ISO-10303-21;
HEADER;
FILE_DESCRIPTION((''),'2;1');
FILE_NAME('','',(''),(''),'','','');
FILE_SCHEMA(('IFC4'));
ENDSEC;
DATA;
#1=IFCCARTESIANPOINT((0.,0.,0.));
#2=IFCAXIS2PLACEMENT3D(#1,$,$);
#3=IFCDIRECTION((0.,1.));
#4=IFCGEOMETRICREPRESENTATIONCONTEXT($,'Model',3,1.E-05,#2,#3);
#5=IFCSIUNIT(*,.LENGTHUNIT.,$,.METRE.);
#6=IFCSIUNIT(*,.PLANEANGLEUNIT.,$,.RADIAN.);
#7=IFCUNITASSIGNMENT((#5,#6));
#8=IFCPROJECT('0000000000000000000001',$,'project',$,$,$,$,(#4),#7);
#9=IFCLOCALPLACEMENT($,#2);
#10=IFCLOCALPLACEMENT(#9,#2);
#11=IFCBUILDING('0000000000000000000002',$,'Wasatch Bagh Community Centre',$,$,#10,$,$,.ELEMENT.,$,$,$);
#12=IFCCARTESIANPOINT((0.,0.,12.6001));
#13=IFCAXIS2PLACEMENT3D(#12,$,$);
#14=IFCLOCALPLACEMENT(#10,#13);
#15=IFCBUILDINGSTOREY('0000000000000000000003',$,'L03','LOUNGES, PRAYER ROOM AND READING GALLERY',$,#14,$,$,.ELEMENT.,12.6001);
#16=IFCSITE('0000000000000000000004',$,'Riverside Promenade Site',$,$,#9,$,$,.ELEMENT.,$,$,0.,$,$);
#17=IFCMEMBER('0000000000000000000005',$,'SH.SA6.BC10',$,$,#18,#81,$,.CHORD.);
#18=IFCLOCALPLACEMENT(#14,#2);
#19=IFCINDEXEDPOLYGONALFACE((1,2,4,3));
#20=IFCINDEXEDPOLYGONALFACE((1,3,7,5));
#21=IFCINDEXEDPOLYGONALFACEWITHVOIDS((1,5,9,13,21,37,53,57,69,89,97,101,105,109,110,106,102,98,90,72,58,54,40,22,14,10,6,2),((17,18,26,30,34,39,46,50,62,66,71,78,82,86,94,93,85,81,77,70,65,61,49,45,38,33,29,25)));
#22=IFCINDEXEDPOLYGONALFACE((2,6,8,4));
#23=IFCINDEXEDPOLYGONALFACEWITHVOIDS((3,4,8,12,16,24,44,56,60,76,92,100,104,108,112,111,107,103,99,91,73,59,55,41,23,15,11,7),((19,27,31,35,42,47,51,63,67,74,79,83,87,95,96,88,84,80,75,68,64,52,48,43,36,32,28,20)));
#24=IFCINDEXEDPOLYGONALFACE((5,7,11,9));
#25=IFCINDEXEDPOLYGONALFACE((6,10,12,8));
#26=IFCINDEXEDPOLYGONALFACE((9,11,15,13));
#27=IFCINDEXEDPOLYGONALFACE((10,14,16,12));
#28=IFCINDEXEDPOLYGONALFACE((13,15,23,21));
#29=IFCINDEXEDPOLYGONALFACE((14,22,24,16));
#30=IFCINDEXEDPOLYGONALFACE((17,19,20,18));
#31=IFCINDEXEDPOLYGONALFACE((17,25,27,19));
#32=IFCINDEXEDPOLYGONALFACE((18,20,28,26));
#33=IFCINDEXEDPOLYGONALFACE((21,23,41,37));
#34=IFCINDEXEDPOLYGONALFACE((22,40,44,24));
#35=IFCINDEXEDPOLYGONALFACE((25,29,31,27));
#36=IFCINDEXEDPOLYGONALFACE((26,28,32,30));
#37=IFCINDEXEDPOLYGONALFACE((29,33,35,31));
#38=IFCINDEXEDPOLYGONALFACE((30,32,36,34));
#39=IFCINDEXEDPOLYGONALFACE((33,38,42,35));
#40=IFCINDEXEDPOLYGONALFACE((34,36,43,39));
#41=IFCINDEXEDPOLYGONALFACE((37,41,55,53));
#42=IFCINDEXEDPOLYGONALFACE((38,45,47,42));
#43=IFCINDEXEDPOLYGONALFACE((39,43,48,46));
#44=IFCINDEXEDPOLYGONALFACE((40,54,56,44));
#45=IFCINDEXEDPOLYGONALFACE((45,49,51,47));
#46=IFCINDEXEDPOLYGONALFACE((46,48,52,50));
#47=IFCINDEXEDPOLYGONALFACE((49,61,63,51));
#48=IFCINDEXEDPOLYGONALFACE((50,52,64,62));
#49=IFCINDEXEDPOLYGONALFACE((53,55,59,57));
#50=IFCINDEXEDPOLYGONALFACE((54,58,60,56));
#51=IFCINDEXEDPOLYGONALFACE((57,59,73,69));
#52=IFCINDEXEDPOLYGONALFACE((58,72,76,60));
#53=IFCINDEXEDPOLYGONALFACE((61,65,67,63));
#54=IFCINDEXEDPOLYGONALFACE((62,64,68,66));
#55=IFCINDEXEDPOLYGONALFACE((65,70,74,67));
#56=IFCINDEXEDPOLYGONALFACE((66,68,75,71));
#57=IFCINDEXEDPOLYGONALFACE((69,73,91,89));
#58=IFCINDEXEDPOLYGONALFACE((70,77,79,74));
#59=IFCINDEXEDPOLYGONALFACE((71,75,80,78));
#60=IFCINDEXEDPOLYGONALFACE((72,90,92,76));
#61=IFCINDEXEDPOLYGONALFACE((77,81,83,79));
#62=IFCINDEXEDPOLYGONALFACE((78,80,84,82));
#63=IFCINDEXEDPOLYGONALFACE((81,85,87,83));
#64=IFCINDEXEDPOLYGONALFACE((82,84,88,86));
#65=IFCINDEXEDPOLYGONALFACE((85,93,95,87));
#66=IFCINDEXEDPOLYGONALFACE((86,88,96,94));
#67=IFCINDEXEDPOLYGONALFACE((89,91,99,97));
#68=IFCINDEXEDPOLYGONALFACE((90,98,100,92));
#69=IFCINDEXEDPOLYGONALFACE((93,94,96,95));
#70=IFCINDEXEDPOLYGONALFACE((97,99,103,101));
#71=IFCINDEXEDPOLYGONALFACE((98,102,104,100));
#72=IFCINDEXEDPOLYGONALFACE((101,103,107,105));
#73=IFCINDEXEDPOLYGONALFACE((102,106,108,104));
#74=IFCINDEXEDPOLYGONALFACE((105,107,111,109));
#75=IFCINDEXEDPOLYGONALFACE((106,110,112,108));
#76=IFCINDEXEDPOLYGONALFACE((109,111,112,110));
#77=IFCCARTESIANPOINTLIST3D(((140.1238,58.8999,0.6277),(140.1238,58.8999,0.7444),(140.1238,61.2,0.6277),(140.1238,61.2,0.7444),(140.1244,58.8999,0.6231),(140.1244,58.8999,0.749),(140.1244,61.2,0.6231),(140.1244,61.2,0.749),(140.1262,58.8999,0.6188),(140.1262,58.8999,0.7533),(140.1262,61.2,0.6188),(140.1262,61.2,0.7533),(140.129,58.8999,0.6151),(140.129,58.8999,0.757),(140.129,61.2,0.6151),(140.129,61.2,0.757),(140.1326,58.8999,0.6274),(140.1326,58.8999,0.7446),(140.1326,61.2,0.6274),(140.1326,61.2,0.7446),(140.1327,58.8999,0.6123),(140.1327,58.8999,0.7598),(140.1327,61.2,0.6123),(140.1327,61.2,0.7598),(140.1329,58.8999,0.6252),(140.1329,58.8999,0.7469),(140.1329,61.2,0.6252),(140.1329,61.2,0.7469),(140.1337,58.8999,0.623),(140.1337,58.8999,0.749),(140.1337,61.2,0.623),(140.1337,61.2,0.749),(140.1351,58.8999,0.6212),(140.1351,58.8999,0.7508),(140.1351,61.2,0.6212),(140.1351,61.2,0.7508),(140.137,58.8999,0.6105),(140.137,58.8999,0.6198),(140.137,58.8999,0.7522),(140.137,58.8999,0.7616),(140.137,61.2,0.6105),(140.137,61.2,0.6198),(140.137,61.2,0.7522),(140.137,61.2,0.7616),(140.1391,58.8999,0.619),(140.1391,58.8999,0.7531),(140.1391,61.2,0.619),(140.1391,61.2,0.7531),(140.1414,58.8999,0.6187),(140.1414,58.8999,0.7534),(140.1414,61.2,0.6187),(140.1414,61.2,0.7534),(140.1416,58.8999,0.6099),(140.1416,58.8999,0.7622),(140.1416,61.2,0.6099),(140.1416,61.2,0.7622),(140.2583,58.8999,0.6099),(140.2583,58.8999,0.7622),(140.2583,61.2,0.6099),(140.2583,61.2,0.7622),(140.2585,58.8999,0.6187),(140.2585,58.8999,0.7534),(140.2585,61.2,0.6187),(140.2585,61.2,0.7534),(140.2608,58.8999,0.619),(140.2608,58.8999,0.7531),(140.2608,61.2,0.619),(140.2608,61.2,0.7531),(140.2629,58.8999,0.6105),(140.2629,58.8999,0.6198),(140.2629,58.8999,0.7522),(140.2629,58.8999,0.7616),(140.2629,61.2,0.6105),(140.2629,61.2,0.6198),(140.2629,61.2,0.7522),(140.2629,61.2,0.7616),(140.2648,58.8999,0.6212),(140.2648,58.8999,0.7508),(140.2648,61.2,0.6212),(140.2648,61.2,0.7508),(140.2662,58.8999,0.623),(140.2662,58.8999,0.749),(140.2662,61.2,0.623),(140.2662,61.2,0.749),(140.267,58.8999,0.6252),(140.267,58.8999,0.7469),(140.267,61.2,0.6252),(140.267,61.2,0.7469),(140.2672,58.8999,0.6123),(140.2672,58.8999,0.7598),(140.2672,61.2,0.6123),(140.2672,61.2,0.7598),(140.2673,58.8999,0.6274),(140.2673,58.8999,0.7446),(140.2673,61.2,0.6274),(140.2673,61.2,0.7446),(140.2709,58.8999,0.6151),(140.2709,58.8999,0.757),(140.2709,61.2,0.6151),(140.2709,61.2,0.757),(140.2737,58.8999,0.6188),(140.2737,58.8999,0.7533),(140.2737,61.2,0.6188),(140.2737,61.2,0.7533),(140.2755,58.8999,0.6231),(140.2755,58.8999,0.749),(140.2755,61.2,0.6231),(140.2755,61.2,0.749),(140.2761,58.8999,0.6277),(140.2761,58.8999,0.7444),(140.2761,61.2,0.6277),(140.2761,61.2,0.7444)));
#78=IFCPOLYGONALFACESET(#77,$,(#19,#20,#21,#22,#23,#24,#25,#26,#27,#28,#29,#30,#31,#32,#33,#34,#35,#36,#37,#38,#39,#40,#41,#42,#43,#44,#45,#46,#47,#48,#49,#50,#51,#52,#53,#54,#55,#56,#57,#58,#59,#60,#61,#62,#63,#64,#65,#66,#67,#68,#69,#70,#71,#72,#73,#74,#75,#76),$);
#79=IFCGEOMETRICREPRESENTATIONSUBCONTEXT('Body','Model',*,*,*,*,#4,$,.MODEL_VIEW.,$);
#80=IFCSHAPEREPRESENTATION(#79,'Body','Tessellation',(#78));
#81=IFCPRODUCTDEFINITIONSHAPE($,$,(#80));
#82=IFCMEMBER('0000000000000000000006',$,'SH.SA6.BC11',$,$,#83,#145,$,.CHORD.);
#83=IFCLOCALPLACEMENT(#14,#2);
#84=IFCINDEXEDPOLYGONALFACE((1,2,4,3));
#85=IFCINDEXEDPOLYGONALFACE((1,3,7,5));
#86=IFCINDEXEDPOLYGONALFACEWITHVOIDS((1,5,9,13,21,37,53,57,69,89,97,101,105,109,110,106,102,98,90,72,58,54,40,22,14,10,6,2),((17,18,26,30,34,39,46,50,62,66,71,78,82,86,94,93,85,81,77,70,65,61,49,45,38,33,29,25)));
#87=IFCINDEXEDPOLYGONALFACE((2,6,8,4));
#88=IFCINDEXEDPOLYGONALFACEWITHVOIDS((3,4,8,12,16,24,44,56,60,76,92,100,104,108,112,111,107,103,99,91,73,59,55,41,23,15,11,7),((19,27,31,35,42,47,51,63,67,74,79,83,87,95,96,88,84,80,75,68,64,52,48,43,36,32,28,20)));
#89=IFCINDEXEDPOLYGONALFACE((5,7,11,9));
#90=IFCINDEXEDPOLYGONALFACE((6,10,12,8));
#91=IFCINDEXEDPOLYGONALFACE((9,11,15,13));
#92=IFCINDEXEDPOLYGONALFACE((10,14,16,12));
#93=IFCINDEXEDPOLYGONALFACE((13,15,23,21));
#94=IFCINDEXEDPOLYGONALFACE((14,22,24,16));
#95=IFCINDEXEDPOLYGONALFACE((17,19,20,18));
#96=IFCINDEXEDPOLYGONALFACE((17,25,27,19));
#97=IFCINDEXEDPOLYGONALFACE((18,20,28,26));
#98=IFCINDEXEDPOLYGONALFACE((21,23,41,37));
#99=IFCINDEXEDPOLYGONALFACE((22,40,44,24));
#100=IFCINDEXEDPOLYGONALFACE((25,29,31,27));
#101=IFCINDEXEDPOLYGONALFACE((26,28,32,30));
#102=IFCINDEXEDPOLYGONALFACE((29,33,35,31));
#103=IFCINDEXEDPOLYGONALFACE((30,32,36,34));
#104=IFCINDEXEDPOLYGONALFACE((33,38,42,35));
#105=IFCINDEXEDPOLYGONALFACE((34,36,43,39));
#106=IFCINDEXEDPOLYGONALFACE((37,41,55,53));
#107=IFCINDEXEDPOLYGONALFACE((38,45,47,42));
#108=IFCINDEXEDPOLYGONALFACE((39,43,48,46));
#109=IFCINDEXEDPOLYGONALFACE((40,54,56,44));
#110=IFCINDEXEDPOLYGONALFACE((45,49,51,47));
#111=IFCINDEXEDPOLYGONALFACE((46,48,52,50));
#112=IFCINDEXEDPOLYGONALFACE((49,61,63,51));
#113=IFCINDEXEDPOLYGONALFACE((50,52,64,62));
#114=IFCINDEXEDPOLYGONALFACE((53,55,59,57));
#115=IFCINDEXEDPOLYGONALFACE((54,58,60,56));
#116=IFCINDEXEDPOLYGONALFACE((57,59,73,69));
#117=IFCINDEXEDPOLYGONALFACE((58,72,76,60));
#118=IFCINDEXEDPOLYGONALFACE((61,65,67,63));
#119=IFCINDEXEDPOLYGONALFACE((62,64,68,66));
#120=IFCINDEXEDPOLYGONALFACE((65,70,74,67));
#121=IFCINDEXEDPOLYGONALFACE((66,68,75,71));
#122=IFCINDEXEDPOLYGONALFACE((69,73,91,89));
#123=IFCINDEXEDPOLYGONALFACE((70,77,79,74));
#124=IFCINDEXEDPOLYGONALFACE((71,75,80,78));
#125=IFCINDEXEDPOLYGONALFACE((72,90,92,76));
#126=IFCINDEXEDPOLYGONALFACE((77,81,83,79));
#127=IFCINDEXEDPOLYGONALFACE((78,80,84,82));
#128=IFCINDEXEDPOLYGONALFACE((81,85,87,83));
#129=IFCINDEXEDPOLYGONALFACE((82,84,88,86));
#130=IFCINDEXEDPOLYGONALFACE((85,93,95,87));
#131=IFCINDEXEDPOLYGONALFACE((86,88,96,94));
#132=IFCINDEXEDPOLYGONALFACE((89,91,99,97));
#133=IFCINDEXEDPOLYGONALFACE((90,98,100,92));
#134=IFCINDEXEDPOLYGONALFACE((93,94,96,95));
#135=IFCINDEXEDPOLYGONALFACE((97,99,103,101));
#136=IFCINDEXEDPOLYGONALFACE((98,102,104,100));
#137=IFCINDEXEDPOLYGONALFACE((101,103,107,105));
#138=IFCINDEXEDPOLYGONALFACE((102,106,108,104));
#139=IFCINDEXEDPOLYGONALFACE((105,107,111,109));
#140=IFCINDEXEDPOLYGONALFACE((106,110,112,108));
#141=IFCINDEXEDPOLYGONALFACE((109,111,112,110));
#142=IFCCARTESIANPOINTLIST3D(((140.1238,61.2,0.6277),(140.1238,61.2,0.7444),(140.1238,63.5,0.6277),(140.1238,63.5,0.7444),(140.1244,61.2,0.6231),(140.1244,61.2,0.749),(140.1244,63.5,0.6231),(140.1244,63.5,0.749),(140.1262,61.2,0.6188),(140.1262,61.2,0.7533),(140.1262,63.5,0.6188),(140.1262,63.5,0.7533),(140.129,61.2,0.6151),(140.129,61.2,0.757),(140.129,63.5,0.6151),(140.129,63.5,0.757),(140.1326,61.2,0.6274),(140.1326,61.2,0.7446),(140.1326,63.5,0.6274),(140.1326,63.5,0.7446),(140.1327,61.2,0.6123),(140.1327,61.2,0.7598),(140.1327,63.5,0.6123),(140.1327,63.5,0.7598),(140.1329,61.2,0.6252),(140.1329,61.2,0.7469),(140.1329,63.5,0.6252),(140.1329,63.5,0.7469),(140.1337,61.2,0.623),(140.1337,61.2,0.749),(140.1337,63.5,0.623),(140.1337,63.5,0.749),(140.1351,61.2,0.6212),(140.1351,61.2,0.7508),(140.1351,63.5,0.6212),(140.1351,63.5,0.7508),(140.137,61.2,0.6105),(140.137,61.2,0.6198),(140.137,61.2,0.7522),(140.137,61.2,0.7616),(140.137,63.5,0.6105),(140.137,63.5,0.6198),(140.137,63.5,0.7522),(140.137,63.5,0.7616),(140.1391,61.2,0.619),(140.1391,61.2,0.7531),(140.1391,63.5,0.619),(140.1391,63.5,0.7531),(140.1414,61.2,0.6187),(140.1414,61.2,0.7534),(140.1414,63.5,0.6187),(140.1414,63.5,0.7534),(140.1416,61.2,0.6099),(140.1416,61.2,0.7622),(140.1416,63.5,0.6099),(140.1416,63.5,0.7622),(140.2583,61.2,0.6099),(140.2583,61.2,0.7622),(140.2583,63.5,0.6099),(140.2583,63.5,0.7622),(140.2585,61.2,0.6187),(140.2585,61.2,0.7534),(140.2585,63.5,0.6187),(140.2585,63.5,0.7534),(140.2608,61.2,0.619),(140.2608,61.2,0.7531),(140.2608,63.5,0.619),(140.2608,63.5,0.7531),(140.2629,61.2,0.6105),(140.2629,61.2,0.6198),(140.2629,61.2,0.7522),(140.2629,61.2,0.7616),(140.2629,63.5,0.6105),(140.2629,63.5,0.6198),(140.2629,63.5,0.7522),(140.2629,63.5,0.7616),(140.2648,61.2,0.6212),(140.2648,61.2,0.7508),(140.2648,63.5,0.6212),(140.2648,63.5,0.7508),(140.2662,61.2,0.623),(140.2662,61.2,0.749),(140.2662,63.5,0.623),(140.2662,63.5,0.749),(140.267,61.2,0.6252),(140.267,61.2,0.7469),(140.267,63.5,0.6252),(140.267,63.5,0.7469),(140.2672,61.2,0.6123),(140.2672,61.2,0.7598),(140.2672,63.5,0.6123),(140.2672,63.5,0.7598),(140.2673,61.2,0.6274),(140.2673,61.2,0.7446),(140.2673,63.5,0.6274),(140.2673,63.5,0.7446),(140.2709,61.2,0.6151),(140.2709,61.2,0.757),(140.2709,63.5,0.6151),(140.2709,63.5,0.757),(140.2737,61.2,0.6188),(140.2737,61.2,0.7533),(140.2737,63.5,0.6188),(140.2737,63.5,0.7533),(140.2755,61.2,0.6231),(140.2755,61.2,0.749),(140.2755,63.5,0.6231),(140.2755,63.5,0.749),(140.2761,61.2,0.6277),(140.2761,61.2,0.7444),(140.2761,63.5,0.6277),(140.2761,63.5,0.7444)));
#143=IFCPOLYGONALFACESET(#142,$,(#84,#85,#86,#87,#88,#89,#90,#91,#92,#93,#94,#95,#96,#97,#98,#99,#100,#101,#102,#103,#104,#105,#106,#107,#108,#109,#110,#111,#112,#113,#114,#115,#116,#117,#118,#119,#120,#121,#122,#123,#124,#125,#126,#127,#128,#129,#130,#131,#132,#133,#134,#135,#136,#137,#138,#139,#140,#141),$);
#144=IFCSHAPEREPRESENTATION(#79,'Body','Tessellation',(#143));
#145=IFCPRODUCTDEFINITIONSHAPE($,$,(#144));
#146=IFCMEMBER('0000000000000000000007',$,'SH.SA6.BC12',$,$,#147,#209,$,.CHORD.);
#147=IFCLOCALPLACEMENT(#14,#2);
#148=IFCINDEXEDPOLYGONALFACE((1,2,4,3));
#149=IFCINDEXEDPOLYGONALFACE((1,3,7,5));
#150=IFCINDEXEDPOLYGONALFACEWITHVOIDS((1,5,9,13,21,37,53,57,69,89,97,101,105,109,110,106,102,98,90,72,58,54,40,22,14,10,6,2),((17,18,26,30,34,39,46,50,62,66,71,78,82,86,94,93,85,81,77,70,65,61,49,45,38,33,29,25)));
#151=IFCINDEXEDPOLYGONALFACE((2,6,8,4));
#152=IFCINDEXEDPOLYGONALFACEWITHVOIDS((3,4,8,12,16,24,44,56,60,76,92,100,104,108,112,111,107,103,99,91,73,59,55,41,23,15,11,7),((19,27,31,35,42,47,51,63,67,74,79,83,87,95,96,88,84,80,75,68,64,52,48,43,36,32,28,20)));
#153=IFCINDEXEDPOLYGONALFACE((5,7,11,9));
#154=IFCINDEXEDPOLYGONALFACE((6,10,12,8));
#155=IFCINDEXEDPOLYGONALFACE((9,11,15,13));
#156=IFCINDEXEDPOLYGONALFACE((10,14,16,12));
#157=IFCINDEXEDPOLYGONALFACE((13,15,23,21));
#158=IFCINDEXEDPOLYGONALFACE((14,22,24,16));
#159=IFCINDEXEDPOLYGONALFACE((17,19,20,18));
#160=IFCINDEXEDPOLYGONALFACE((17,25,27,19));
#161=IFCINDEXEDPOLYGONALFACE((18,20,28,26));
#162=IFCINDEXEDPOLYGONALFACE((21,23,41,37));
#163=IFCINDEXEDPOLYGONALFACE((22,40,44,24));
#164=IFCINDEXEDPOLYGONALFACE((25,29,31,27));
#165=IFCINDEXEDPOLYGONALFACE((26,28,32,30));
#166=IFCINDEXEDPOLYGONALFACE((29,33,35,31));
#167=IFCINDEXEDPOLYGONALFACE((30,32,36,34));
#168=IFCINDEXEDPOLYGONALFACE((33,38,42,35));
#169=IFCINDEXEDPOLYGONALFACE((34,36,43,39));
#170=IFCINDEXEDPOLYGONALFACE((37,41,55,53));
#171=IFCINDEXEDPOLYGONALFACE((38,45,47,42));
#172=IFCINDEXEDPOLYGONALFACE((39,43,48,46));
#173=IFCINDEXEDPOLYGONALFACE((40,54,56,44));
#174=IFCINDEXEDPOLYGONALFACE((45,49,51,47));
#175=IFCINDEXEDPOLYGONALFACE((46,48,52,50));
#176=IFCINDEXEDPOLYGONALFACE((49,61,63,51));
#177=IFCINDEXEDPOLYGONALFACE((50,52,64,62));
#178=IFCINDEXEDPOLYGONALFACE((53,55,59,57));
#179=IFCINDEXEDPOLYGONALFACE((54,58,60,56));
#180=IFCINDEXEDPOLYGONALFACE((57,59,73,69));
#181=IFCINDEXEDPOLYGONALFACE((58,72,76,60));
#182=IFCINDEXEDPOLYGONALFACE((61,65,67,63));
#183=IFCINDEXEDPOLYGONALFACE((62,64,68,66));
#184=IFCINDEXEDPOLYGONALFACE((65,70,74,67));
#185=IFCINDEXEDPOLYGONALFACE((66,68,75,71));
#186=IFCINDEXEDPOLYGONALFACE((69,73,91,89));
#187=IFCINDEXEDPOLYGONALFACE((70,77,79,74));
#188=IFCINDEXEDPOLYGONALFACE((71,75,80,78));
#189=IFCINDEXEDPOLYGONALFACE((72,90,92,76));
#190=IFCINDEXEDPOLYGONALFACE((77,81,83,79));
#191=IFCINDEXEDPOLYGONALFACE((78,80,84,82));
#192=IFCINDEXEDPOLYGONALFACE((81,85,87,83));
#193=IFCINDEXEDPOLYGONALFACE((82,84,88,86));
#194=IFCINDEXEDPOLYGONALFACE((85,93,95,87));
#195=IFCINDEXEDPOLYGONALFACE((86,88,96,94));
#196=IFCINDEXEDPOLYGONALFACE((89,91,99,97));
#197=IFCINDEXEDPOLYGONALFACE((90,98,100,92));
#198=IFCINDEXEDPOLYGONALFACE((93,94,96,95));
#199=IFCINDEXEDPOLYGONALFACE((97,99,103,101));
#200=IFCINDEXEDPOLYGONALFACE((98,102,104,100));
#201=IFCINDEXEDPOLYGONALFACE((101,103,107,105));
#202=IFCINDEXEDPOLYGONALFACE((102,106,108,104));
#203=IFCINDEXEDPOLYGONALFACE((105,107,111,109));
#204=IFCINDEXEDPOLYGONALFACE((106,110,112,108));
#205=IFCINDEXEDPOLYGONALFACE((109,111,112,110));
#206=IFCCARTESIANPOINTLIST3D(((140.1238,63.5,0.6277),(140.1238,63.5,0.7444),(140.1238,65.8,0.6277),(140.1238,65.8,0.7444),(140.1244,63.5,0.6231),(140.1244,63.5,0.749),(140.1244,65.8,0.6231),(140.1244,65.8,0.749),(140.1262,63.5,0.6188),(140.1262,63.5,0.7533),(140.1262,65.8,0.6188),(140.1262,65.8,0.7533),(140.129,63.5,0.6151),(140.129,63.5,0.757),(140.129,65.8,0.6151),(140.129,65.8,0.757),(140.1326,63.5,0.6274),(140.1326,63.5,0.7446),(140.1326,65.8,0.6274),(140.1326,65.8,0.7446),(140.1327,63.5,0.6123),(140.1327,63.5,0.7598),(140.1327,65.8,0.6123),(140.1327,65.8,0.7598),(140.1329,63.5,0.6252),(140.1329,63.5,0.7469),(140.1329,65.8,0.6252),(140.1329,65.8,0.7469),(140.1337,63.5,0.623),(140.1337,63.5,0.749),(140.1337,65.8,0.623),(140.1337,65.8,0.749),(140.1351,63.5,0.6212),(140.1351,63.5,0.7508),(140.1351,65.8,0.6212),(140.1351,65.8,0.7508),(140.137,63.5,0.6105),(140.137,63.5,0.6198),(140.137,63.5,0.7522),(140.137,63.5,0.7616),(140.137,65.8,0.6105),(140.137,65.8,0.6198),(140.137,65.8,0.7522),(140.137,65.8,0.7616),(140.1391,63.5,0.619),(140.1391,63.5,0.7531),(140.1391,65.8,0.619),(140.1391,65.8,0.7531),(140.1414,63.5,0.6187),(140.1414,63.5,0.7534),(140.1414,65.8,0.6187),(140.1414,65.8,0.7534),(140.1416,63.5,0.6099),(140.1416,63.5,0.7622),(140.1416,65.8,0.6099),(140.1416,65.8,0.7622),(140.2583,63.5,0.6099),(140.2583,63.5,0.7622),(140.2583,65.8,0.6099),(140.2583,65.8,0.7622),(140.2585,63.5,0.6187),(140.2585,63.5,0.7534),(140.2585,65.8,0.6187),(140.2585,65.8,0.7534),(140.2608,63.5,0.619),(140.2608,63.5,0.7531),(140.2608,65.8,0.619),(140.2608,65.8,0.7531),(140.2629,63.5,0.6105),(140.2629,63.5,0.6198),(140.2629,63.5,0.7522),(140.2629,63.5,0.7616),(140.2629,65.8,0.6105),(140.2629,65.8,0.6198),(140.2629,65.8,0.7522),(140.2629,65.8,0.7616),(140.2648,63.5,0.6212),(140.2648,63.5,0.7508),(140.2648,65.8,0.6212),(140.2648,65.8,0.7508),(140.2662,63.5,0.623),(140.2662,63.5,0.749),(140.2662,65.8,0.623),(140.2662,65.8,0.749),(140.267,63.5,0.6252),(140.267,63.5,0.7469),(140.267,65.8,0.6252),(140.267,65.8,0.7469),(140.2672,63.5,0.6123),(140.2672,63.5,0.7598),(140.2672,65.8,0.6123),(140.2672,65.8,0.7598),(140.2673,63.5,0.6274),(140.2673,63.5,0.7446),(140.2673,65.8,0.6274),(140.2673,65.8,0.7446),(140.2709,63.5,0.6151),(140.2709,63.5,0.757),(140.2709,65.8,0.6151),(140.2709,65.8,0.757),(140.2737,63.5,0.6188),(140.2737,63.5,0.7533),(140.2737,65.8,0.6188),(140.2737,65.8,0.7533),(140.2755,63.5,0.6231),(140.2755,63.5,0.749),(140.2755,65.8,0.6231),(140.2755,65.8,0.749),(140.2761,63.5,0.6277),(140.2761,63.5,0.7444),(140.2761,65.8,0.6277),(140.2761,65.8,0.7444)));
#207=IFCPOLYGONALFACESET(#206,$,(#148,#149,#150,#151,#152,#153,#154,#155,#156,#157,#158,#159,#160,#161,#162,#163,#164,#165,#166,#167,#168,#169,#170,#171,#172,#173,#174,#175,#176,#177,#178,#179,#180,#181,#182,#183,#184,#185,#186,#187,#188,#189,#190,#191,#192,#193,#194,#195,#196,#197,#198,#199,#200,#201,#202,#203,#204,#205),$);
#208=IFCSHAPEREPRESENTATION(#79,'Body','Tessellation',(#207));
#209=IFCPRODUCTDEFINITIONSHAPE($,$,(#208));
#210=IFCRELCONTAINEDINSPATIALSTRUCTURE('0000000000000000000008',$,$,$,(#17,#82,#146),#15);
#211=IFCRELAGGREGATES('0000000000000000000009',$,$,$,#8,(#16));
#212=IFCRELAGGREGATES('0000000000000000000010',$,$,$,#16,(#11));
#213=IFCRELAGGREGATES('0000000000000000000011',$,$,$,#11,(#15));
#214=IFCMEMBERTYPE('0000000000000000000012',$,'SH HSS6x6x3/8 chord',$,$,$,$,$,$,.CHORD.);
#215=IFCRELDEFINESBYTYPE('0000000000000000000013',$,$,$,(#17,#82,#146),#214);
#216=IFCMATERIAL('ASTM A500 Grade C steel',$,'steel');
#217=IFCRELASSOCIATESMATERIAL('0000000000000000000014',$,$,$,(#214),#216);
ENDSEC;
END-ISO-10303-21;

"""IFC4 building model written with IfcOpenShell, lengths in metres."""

from ifc_helpers import new_model, si_unit, direction, frame, origin, origin_2d, place, context, subcontext, project, spatial, hollow_rectangle, extrude, material, material_profile, profile_set, type_object, element, save


model = new_model("IFC4")

# Units and contexts
model_context = context("Model", 3, precision=1e-05, world=origin(), true_north=direction((0.0, 1.0)))
body_context = subcontext(model_context, "Body", "Model", "MODEL_VIEW")
ifc_project = project(units=[si_unit("LENGTHUNIT", "METRE"), si_unit("PLANEANGLEUNIT", "RADIAN")], contexts=[model_context])

# Site, building, storey
site_placement = place(None, origin())
site = spatial("IfcSite", under=ifc_project, at=site_placement, Name="Riverside Promenade Site", CompositionType="ELEMENT", RefElevation=0.0)
building_placement = place(site_placement, origin())
building = spatial("IfcBuilding", under=site, at=building_placement, Name="Wasatch Bagh Community Centre", CompositionType="ELEMENT")
storey_placement = place(building_placement, frame((0.0, 0.0, 12.6001)))
storey = spatial("IfcBuildingStorey", under=building, at=storey_placement, Name="L03", Description="LOUNGES, PRAYER ROOM AND READING GALLERY", CompositionType="ELEMENT", Elevation=12.6001)

# Members
ifc_material_1 = material(Name="ASTM A500 Grade C steel", Category="steel")
ifc_material_profile_1 = material_profile(ifc_material_1, hollow_rectangle(XDim=0.1523, YDim=0.1523, WallThickness=0.0088, InnerFilletRadius=0.0088, OuterFilletRadius=0.0178, at=origin_2d()), Name="HSS6x6x3/8")
ifc_profile_set_1 = profile_set([ifc_material_profile_1], Name="ASTM A500 Grade C steel")
member_type_1 = type_object("IfcMemberType", Name="SH HSS6x6x3/8 chord", PredefinedType="CHORD", material=ifc_profile_set_1)
for number, where, z_axis, x_axis, name in (
    (1, (140.2, 58.8999, 0.686), (0.0, 1.0, 0.0), (-1.0, 0.0, 0.0), "SH.SA6.BC10"),
    (2, (140.2, 61.2, 0.686), (0.0, 1.0, 0.0), (-1.0, 0.0, 0.0), "SH.SA6.BC11"),
    (3, (140.2, 63.5, 0.686), (0.0, 1.0, 0.0), (-1.0, 0.0, 0.0), "SH.SA6.BC12"),
):
    element("IfcMember", number, at=place(storey_placement, frame(where, z_axis=z_axis, x_axis=x_axis)), inside=storey, type_object=member_type_1, Name=name, PredefinedType="CHORD", context=body_context, shape_type="SweptSolid", body=[
        extrude(hollow_rectangle(XDim=0.1523, YDim=0.1523, WallThickness=0.0088, InnerFilletRadius=0.0088, OuterFilletRadius=0.0178, at=origin_2d()), origin(), (0.0, 0.0, 1.0), 2.3),
    ])

save(model, "model.ifc")
